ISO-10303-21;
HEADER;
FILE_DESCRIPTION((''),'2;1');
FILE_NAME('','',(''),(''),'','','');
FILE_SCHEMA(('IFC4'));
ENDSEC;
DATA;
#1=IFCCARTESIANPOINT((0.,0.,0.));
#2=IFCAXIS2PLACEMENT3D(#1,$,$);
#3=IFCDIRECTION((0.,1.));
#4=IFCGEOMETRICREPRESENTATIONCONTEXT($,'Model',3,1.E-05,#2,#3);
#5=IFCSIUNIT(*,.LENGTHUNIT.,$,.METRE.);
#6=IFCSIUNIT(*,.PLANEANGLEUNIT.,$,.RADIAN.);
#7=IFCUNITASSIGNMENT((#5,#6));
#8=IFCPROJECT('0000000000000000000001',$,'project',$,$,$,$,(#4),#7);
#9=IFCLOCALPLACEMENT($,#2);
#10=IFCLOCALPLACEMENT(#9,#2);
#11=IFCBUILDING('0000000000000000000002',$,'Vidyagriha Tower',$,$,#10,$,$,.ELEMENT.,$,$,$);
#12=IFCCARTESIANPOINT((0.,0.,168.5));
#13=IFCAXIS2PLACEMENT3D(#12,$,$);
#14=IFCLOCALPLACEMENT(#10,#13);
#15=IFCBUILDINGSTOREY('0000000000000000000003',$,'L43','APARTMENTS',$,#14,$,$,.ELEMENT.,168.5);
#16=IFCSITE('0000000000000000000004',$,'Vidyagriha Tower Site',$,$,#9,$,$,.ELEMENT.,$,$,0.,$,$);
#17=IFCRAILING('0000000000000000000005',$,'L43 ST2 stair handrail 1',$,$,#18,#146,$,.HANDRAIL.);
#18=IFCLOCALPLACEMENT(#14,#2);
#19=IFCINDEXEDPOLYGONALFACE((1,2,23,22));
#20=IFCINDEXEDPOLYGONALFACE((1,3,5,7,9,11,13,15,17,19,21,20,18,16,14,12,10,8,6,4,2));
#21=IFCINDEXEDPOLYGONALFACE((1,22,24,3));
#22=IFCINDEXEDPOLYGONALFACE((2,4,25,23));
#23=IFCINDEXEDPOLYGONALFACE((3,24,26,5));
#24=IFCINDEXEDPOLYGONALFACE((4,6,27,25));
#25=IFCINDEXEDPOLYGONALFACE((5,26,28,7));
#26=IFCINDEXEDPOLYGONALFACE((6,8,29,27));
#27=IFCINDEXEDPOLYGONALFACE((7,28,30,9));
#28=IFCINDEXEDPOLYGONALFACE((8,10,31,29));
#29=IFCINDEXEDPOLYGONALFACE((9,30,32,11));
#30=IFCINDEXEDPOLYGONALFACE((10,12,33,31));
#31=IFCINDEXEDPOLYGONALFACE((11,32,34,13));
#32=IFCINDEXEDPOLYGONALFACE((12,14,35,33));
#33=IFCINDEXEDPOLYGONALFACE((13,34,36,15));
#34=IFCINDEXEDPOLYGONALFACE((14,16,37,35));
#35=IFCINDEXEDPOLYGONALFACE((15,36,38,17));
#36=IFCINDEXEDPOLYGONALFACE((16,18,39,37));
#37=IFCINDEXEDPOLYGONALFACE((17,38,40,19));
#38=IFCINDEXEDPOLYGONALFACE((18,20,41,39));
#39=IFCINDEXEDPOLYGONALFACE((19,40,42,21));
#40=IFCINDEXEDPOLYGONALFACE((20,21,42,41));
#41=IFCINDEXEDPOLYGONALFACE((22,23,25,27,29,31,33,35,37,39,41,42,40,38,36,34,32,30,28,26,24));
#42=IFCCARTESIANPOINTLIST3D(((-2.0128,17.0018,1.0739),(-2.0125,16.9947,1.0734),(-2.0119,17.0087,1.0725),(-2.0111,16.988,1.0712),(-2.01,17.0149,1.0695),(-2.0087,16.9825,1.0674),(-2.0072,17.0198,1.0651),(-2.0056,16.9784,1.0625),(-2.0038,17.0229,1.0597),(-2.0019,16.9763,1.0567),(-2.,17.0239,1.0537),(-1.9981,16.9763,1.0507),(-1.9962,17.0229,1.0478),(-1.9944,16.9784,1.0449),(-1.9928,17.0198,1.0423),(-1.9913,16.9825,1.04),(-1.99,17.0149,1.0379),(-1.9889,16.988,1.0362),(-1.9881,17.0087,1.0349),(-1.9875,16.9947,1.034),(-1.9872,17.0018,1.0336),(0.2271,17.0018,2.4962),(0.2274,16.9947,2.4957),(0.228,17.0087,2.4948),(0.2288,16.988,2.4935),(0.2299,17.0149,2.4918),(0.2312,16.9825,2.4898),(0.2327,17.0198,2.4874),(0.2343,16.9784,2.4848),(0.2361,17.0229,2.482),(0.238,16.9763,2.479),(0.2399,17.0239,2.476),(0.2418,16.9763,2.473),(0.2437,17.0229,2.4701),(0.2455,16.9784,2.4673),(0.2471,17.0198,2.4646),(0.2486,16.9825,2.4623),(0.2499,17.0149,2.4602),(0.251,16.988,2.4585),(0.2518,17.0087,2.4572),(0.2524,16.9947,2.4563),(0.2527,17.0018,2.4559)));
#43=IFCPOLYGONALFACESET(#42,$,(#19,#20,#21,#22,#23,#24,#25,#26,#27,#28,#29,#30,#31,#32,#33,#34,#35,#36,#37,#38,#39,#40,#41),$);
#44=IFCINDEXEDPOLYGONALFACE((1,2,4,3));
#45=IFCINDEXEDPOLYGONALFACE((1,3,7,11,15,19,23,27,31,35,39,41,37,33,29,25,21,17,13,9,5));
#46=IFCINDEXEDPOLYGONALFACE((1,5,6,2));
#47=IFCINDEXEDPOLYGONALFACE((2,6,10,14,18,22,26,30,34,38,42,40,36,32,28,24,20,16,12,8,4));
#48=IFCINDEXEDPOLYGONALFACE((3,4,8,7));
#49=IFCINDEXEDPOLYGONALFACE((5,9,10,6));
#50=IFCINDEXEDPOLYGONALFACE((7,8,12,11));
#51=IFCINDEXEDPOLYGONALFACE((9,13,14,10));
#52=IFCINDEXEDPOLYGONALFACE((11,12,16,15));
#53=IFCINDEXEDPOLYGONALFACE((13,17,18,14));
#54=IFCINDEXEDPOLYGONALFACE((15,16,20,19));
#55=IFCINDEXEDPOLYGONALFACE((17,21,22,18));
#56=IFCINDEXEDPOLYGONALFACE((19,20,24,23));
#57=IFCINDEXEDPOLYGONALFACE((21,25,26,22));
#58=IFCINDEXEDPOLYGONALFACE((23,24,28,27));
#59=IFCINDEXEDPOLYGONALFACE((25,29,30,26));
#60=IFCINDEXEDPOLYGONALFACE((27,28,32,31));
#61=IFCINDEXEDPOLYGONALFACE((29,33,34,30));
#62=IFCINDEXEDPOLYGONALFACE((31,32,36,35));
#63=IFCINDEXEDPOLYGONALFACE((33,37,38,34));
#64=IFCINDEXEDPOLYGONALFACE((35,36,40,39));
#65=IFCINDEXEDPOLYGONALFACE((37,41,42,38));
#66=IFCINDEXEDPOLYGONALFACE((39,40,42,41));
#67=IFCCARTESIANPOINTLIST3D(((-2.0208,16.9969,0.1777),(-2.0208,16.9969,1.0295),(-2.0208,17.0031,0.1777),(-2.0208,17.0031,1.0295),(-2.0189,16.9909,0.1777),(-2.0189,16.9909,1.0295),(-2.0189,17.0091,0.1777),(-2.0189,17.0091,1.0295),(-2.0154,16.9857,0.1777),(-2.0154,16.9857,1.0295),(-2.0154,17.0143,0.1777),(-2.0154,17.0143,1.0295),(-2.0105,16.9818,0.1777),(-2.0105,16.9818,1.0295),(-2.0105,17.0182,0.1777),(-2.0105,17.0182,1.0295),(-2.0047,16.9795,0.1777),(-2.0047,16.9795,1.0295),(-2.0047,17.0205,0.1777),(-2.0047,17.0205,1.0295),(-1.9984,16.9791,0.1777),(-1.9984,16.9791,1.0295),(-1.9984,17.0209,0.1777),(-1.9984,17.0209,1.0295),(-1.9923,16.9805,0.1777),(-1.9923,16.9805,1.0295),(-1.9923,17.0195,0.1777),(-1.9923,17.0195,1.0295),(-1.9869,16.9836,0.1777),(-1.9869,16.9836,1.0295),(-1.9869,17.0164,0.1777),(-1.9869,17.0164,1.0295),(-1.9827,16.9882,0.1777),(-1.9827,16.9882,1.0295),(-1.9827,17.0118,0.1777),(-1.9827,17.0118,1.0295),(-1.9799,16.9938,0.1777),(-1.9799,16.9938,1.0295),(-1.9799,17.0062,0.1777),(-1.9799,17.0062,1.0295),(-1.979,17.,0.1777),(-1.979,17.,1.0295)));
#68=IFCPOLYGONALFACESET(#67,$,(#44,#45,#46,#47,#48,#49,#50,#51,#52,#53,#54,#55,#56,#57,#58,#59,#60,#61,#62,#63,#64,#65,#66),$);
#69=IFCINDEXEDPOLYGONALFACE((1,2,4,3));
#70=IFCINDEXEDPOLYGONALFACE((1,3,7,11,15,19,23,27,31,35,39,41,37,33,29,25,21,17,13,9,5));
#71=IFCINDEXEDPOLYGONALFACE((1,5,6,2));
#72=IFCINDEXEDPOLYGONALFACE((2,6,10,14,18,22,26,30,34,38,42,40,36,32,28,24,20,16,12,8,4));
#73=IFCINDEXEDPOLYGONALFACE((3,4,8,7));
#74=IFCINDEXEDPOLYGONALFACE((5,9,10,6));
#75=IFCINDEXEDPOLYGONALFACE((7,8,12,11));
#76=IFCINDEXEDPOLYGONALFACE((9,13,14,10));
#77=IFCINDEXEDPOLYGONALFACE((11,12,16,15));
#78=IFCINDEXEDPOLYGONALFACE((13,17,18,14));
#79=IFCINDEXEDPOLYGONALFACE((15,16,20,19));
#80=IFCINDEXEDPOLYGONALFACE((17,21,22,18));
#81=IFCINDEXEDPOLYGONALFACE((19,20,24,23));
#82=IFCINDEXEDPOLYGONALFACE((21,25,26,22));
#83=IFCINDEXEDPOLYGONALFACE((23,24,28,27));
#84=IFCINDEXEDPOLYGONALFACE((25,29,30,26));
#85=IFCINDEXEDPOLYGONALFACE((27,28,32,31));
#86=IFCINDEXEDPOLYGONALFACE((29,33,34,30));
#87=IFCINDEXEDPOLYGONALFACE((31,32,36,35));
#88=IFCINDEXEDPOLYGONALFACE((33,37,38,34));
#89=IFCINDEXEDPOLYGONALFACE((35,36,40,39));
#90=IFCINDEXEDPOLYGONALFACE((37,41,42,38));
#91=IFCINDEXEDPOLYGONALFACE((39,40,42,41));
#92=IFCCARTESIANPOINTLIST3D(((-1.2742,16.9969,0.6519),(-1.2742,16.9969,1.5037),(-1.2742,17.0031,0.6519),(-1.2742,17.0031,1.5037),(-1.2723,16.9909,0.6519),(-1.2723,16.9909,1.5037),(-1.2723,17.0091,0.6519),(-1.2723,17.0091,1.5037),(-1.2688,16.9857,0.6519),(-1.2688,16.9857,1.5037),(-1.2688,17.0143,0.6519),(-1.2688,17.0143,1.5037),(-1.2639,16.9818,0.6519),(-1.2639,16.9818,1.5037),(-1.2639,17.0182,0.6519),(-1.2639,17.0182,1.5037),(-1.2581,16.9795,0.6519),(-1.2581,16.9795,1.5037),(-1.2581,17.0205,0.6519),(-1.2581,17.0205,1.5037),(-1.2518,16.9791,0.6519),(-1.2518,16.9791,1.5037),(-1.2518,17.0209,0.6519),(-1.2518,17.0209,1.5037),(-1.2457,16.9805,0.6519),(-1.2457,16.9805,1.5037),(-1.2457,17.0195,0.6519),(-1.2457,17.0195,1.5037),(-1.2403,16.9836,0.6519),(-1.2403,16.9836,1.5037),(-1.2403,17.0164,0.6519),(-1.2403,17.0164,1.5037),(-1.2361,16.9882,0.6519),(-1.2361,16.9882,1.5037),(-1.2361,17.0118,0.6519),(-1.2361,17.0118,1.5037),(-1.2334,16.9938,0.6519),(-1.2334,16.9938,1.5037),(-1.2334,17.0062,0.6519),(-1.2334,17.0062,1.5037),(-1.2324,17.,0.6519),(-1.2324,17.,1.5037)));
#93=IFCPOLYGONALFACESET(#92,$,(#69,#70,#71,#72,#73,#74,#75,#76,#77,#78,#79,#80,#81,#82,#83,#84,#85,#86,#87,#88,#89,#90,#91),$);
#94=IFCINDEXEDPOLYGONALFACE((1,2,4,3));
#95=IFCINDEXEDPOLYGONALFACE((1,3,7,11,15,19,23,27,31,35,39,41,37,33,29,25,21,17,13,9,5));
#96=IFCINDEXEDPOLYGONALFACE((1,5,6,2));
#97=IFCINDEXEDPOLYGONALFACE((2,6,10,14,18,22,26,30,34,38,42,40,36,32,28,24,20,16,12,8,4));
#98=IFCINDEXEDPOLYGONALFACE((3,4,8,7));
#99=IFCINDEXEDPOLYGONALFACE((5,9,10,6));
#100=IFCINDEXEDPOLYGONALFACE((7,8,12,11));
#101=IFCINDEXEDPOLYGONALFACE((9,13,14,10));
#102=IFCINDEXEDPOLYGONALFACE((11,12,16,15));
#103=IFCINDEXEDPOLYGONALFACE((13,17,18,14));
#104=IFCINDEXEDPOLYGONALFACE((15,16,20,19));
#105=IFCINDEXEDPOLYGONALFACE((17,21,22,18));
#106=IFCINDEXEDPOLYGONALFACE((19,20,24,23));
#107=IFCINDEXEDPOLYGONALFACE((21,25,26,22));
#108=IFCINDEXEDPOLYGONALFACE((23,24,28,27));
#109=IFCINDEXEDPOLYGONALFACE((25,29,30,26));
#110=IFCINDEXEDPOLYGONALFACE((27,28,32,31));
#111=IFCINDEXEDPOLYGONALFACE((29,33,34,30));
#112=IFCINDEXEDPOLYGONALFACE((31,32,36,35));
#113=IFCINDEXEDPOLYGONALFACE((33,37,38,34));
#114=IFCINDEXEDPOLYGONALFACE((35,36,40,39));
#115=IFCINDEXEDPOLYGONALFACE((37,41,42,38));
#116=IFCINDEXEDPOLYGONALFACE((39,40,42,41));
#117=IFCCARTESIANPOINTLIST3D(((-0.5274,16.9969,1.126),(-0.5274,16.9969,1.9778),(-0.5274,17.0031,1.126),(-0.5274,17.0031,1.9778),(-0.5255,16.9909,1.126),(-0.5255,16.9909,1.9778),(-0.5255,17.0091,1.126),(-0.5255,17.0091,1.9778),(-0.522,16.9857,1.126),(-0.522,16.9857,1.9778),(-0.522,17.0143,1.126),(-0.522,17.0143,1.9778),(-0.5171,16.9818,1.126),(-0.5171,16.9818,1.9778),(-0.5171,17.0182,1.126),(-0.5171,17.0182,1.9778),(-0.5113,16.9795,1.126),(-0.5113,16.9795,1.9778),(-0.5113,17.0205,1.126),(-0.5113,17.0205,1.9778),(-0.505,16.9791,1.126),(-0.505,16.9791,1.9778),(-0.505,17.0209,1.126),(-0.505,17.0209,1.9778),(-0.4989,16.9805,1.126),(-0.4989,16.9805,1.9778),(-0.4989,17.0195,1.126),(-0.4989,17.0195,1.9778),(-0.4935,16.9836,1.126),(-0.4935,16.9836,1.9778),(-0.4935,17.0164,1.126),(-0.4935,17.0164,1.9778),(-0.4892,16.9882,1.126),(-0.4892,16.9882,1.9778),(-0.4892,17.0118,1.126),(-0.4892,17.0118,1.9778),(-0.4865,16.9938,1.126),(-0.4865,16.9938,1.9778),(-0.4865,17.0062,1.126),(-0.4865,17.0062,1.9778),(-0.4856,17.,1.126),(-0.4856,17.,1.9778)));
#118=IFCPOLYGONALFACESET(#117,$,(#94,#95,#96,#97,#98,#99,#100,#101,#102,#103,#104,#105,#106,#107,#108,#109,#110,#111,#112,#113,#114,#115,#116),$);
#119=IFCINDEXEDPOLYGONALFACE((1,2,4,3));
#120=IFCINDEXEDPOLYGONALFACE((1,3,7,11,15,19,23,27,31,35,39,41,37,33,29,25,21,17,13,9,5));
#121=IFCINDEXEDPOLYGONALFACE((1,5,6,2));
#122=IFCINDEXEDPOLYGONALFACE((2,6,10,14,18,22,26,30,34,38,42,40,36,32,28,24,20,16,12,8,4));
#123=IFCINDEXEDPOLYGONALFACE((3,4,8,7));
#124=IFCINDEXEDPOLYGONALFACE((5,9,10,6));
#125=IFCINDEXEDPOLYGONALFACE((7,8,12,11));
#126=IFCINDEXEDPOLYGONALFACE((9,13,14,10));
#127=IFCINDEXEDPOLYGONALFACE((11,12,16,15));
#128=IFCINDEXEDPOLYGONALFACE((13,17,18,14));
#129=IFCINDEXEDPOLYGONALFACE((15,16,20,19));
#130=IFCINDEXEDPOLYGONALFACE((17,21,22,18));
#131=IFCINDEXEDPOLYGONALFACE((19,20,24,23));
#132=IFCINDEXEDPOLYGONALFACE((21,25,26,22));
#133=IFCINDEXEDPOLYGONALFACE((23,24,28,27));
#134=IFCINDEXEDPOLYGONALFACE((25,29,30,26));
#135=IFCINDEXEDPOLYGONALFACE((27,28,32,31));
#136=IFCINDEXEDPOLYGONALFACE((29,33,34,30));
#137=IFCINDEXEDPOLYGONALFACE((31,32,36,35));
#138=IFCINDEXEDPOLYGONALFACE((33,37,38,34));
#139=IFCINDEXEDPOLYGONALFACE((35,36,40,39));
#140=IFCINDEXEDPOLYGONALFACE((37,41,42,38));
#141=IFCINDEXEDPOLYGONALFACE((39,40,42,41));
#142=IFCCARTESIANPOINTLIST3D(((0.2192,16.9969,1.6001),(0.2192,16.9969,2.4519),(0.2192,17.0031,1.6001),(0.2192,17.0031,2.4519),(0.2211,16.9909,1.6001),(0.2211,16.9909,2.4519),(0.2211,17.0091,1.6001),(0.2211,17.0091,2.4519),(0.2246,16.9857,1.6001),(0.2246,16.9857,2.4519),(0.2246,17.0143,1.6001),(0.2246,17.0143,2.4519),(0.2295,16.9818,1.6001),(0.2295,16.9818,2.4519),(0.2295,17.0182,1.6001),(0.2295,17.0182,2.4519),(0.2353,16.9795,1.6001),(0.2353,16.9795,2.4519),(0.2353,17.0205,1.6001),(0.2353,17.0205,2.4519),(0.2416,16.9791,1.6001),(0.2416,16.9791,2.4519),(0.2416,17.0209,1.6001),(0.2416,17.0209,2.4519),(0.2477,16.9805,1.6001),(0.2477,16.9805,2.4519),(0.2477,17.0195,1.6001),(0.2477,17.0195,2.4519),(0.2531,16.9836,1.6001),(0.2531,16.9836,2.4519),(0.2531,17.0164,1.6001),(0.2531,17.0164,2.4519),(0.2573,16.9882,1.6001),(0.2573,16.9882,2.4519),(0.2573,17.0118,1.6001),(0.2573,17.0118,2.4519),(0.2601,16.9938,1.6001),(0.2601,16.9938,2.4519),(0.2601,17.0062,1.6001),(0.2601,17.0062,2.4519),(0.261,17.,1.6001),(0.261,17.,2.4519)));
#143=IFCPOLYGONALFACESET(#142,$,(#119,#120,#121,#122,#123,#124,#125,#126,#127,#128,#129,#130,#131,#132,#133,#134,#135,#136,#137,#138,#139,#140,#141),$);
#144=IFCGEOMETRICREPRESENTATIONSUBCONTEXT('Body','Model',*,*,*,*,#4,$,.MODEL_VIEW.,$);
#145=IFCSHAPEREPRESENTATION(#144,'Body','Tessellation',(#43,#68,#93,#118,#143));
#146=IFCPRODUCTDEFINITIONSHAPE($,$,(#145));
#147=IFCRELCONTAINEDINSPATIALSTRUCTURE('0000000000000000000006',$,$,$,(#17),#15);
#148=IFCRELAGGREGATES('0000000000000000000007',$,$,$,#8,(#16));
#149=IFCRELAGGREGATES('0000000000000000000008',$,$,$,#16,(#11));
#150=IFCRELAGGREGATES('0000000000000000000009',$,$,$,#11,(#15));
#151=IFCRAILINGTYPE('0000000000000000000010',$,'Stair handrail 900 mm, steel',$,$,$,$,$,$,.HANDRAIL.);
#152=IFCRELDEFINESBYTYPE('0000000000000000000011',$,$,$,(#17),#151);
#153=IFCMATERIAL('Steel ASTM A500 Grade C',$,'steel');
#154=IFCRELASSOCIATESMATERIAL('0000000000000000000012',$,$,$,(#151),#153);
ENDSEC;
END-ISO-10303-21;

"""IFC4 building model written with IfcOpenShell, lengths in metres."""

from ifc_helpers import new_model, si_unit, direction, frame, origin, origin_2d, place, context, subcontext, project, spatial, circle, extrude, material, type_object, element, save


model = new_model("IFC4")

# Units and contexts
model_context = context("Model", 3, precision=1e-05, world=origin(), true_north=direction((0.0, 1.0)))
body_context = subcontext(model_context, "Body", "Model", "MODEL_VIEW")
ifc_project = project(units=[si_unit("LENGTHUNIT", "METRE"), si_unit("PLANEANGLEUNIT", "RADIAN")], contexts=[model_context])

# Site, building, storey
site_placement = place(None, origin())
site = spatial("IfcSite", under=ifc_project, at=site_placement, Name="Vidyagriha Tower Site", CompositionType="ELEMENT", RefElevation=0.0)
building_placement = place(site_placement, origin())
building = spatial("IfcBuilding", under=site, at=building_placement, Name="Vidyagriha Tower", CompositionType="ELEMENT")
storey_placement = place(building_placement, frame((0.0, 0.0, 168.5)))
storey = spatial("IfcBuildingStorey", under=building, at=storey_placement, Name="L43", Description="APARTMENTS", CompositionType="ELEMENT", Elevation=168.5)

# Railing
ifc_material_1 = material(Name="Steel ASTM A500 Grade C", Category="steel")
railing_type_1 = type_object("IfcRailingType", Name="Stair handrail 900 mm, steel", PredefinedType="HANDRAIL", material=ifc_material_1)
railing_1_placement = place(storey_placement, frame((-2.0, 17.0, 0.1777)))
element("IfcRailing", 1, at=railing_1_placement, inside=storey, type_object=railing_type_1, Name="L43 ST2 stair handrail 1", PredefinedType="HANDRAIL", context=body_context, shape_type="SweptSolid", body=[
    extrude(circle(Radius=0.0239, at=origin_2d()), frame((0.0, 0.0, 0.876), z_axis=(0.844188, 0.0, 0.536048), x_axis=(0.0, 1.0, 0.0)), (0.0, 0.0, 1.0), 2.6533),
    extrude(circle(Radius=0.021, at=origin_2d()), origin(), (0.0, 0.0, 1.0), 0.8518),
    extrude(circle(Radius=0.021, at=origin_2d()), frame((0.7466, 0.0, 0.4741)), (0.0, 0.0, 1.0), 0.8518),
    extrude(circle(Radius=0.021, at=origin_2d()), frame((1.4934, 0.0, 0.9482)), (0.0, 0.0, 1.0), 0.8518),
    extrude(circle(Radius=0.021, at=origin_2d()), frame((2.24, 0.0, 1.4224)), (0.0, 0.0, 1.0), 0.8518),
])

save(model, "model.ifc")
